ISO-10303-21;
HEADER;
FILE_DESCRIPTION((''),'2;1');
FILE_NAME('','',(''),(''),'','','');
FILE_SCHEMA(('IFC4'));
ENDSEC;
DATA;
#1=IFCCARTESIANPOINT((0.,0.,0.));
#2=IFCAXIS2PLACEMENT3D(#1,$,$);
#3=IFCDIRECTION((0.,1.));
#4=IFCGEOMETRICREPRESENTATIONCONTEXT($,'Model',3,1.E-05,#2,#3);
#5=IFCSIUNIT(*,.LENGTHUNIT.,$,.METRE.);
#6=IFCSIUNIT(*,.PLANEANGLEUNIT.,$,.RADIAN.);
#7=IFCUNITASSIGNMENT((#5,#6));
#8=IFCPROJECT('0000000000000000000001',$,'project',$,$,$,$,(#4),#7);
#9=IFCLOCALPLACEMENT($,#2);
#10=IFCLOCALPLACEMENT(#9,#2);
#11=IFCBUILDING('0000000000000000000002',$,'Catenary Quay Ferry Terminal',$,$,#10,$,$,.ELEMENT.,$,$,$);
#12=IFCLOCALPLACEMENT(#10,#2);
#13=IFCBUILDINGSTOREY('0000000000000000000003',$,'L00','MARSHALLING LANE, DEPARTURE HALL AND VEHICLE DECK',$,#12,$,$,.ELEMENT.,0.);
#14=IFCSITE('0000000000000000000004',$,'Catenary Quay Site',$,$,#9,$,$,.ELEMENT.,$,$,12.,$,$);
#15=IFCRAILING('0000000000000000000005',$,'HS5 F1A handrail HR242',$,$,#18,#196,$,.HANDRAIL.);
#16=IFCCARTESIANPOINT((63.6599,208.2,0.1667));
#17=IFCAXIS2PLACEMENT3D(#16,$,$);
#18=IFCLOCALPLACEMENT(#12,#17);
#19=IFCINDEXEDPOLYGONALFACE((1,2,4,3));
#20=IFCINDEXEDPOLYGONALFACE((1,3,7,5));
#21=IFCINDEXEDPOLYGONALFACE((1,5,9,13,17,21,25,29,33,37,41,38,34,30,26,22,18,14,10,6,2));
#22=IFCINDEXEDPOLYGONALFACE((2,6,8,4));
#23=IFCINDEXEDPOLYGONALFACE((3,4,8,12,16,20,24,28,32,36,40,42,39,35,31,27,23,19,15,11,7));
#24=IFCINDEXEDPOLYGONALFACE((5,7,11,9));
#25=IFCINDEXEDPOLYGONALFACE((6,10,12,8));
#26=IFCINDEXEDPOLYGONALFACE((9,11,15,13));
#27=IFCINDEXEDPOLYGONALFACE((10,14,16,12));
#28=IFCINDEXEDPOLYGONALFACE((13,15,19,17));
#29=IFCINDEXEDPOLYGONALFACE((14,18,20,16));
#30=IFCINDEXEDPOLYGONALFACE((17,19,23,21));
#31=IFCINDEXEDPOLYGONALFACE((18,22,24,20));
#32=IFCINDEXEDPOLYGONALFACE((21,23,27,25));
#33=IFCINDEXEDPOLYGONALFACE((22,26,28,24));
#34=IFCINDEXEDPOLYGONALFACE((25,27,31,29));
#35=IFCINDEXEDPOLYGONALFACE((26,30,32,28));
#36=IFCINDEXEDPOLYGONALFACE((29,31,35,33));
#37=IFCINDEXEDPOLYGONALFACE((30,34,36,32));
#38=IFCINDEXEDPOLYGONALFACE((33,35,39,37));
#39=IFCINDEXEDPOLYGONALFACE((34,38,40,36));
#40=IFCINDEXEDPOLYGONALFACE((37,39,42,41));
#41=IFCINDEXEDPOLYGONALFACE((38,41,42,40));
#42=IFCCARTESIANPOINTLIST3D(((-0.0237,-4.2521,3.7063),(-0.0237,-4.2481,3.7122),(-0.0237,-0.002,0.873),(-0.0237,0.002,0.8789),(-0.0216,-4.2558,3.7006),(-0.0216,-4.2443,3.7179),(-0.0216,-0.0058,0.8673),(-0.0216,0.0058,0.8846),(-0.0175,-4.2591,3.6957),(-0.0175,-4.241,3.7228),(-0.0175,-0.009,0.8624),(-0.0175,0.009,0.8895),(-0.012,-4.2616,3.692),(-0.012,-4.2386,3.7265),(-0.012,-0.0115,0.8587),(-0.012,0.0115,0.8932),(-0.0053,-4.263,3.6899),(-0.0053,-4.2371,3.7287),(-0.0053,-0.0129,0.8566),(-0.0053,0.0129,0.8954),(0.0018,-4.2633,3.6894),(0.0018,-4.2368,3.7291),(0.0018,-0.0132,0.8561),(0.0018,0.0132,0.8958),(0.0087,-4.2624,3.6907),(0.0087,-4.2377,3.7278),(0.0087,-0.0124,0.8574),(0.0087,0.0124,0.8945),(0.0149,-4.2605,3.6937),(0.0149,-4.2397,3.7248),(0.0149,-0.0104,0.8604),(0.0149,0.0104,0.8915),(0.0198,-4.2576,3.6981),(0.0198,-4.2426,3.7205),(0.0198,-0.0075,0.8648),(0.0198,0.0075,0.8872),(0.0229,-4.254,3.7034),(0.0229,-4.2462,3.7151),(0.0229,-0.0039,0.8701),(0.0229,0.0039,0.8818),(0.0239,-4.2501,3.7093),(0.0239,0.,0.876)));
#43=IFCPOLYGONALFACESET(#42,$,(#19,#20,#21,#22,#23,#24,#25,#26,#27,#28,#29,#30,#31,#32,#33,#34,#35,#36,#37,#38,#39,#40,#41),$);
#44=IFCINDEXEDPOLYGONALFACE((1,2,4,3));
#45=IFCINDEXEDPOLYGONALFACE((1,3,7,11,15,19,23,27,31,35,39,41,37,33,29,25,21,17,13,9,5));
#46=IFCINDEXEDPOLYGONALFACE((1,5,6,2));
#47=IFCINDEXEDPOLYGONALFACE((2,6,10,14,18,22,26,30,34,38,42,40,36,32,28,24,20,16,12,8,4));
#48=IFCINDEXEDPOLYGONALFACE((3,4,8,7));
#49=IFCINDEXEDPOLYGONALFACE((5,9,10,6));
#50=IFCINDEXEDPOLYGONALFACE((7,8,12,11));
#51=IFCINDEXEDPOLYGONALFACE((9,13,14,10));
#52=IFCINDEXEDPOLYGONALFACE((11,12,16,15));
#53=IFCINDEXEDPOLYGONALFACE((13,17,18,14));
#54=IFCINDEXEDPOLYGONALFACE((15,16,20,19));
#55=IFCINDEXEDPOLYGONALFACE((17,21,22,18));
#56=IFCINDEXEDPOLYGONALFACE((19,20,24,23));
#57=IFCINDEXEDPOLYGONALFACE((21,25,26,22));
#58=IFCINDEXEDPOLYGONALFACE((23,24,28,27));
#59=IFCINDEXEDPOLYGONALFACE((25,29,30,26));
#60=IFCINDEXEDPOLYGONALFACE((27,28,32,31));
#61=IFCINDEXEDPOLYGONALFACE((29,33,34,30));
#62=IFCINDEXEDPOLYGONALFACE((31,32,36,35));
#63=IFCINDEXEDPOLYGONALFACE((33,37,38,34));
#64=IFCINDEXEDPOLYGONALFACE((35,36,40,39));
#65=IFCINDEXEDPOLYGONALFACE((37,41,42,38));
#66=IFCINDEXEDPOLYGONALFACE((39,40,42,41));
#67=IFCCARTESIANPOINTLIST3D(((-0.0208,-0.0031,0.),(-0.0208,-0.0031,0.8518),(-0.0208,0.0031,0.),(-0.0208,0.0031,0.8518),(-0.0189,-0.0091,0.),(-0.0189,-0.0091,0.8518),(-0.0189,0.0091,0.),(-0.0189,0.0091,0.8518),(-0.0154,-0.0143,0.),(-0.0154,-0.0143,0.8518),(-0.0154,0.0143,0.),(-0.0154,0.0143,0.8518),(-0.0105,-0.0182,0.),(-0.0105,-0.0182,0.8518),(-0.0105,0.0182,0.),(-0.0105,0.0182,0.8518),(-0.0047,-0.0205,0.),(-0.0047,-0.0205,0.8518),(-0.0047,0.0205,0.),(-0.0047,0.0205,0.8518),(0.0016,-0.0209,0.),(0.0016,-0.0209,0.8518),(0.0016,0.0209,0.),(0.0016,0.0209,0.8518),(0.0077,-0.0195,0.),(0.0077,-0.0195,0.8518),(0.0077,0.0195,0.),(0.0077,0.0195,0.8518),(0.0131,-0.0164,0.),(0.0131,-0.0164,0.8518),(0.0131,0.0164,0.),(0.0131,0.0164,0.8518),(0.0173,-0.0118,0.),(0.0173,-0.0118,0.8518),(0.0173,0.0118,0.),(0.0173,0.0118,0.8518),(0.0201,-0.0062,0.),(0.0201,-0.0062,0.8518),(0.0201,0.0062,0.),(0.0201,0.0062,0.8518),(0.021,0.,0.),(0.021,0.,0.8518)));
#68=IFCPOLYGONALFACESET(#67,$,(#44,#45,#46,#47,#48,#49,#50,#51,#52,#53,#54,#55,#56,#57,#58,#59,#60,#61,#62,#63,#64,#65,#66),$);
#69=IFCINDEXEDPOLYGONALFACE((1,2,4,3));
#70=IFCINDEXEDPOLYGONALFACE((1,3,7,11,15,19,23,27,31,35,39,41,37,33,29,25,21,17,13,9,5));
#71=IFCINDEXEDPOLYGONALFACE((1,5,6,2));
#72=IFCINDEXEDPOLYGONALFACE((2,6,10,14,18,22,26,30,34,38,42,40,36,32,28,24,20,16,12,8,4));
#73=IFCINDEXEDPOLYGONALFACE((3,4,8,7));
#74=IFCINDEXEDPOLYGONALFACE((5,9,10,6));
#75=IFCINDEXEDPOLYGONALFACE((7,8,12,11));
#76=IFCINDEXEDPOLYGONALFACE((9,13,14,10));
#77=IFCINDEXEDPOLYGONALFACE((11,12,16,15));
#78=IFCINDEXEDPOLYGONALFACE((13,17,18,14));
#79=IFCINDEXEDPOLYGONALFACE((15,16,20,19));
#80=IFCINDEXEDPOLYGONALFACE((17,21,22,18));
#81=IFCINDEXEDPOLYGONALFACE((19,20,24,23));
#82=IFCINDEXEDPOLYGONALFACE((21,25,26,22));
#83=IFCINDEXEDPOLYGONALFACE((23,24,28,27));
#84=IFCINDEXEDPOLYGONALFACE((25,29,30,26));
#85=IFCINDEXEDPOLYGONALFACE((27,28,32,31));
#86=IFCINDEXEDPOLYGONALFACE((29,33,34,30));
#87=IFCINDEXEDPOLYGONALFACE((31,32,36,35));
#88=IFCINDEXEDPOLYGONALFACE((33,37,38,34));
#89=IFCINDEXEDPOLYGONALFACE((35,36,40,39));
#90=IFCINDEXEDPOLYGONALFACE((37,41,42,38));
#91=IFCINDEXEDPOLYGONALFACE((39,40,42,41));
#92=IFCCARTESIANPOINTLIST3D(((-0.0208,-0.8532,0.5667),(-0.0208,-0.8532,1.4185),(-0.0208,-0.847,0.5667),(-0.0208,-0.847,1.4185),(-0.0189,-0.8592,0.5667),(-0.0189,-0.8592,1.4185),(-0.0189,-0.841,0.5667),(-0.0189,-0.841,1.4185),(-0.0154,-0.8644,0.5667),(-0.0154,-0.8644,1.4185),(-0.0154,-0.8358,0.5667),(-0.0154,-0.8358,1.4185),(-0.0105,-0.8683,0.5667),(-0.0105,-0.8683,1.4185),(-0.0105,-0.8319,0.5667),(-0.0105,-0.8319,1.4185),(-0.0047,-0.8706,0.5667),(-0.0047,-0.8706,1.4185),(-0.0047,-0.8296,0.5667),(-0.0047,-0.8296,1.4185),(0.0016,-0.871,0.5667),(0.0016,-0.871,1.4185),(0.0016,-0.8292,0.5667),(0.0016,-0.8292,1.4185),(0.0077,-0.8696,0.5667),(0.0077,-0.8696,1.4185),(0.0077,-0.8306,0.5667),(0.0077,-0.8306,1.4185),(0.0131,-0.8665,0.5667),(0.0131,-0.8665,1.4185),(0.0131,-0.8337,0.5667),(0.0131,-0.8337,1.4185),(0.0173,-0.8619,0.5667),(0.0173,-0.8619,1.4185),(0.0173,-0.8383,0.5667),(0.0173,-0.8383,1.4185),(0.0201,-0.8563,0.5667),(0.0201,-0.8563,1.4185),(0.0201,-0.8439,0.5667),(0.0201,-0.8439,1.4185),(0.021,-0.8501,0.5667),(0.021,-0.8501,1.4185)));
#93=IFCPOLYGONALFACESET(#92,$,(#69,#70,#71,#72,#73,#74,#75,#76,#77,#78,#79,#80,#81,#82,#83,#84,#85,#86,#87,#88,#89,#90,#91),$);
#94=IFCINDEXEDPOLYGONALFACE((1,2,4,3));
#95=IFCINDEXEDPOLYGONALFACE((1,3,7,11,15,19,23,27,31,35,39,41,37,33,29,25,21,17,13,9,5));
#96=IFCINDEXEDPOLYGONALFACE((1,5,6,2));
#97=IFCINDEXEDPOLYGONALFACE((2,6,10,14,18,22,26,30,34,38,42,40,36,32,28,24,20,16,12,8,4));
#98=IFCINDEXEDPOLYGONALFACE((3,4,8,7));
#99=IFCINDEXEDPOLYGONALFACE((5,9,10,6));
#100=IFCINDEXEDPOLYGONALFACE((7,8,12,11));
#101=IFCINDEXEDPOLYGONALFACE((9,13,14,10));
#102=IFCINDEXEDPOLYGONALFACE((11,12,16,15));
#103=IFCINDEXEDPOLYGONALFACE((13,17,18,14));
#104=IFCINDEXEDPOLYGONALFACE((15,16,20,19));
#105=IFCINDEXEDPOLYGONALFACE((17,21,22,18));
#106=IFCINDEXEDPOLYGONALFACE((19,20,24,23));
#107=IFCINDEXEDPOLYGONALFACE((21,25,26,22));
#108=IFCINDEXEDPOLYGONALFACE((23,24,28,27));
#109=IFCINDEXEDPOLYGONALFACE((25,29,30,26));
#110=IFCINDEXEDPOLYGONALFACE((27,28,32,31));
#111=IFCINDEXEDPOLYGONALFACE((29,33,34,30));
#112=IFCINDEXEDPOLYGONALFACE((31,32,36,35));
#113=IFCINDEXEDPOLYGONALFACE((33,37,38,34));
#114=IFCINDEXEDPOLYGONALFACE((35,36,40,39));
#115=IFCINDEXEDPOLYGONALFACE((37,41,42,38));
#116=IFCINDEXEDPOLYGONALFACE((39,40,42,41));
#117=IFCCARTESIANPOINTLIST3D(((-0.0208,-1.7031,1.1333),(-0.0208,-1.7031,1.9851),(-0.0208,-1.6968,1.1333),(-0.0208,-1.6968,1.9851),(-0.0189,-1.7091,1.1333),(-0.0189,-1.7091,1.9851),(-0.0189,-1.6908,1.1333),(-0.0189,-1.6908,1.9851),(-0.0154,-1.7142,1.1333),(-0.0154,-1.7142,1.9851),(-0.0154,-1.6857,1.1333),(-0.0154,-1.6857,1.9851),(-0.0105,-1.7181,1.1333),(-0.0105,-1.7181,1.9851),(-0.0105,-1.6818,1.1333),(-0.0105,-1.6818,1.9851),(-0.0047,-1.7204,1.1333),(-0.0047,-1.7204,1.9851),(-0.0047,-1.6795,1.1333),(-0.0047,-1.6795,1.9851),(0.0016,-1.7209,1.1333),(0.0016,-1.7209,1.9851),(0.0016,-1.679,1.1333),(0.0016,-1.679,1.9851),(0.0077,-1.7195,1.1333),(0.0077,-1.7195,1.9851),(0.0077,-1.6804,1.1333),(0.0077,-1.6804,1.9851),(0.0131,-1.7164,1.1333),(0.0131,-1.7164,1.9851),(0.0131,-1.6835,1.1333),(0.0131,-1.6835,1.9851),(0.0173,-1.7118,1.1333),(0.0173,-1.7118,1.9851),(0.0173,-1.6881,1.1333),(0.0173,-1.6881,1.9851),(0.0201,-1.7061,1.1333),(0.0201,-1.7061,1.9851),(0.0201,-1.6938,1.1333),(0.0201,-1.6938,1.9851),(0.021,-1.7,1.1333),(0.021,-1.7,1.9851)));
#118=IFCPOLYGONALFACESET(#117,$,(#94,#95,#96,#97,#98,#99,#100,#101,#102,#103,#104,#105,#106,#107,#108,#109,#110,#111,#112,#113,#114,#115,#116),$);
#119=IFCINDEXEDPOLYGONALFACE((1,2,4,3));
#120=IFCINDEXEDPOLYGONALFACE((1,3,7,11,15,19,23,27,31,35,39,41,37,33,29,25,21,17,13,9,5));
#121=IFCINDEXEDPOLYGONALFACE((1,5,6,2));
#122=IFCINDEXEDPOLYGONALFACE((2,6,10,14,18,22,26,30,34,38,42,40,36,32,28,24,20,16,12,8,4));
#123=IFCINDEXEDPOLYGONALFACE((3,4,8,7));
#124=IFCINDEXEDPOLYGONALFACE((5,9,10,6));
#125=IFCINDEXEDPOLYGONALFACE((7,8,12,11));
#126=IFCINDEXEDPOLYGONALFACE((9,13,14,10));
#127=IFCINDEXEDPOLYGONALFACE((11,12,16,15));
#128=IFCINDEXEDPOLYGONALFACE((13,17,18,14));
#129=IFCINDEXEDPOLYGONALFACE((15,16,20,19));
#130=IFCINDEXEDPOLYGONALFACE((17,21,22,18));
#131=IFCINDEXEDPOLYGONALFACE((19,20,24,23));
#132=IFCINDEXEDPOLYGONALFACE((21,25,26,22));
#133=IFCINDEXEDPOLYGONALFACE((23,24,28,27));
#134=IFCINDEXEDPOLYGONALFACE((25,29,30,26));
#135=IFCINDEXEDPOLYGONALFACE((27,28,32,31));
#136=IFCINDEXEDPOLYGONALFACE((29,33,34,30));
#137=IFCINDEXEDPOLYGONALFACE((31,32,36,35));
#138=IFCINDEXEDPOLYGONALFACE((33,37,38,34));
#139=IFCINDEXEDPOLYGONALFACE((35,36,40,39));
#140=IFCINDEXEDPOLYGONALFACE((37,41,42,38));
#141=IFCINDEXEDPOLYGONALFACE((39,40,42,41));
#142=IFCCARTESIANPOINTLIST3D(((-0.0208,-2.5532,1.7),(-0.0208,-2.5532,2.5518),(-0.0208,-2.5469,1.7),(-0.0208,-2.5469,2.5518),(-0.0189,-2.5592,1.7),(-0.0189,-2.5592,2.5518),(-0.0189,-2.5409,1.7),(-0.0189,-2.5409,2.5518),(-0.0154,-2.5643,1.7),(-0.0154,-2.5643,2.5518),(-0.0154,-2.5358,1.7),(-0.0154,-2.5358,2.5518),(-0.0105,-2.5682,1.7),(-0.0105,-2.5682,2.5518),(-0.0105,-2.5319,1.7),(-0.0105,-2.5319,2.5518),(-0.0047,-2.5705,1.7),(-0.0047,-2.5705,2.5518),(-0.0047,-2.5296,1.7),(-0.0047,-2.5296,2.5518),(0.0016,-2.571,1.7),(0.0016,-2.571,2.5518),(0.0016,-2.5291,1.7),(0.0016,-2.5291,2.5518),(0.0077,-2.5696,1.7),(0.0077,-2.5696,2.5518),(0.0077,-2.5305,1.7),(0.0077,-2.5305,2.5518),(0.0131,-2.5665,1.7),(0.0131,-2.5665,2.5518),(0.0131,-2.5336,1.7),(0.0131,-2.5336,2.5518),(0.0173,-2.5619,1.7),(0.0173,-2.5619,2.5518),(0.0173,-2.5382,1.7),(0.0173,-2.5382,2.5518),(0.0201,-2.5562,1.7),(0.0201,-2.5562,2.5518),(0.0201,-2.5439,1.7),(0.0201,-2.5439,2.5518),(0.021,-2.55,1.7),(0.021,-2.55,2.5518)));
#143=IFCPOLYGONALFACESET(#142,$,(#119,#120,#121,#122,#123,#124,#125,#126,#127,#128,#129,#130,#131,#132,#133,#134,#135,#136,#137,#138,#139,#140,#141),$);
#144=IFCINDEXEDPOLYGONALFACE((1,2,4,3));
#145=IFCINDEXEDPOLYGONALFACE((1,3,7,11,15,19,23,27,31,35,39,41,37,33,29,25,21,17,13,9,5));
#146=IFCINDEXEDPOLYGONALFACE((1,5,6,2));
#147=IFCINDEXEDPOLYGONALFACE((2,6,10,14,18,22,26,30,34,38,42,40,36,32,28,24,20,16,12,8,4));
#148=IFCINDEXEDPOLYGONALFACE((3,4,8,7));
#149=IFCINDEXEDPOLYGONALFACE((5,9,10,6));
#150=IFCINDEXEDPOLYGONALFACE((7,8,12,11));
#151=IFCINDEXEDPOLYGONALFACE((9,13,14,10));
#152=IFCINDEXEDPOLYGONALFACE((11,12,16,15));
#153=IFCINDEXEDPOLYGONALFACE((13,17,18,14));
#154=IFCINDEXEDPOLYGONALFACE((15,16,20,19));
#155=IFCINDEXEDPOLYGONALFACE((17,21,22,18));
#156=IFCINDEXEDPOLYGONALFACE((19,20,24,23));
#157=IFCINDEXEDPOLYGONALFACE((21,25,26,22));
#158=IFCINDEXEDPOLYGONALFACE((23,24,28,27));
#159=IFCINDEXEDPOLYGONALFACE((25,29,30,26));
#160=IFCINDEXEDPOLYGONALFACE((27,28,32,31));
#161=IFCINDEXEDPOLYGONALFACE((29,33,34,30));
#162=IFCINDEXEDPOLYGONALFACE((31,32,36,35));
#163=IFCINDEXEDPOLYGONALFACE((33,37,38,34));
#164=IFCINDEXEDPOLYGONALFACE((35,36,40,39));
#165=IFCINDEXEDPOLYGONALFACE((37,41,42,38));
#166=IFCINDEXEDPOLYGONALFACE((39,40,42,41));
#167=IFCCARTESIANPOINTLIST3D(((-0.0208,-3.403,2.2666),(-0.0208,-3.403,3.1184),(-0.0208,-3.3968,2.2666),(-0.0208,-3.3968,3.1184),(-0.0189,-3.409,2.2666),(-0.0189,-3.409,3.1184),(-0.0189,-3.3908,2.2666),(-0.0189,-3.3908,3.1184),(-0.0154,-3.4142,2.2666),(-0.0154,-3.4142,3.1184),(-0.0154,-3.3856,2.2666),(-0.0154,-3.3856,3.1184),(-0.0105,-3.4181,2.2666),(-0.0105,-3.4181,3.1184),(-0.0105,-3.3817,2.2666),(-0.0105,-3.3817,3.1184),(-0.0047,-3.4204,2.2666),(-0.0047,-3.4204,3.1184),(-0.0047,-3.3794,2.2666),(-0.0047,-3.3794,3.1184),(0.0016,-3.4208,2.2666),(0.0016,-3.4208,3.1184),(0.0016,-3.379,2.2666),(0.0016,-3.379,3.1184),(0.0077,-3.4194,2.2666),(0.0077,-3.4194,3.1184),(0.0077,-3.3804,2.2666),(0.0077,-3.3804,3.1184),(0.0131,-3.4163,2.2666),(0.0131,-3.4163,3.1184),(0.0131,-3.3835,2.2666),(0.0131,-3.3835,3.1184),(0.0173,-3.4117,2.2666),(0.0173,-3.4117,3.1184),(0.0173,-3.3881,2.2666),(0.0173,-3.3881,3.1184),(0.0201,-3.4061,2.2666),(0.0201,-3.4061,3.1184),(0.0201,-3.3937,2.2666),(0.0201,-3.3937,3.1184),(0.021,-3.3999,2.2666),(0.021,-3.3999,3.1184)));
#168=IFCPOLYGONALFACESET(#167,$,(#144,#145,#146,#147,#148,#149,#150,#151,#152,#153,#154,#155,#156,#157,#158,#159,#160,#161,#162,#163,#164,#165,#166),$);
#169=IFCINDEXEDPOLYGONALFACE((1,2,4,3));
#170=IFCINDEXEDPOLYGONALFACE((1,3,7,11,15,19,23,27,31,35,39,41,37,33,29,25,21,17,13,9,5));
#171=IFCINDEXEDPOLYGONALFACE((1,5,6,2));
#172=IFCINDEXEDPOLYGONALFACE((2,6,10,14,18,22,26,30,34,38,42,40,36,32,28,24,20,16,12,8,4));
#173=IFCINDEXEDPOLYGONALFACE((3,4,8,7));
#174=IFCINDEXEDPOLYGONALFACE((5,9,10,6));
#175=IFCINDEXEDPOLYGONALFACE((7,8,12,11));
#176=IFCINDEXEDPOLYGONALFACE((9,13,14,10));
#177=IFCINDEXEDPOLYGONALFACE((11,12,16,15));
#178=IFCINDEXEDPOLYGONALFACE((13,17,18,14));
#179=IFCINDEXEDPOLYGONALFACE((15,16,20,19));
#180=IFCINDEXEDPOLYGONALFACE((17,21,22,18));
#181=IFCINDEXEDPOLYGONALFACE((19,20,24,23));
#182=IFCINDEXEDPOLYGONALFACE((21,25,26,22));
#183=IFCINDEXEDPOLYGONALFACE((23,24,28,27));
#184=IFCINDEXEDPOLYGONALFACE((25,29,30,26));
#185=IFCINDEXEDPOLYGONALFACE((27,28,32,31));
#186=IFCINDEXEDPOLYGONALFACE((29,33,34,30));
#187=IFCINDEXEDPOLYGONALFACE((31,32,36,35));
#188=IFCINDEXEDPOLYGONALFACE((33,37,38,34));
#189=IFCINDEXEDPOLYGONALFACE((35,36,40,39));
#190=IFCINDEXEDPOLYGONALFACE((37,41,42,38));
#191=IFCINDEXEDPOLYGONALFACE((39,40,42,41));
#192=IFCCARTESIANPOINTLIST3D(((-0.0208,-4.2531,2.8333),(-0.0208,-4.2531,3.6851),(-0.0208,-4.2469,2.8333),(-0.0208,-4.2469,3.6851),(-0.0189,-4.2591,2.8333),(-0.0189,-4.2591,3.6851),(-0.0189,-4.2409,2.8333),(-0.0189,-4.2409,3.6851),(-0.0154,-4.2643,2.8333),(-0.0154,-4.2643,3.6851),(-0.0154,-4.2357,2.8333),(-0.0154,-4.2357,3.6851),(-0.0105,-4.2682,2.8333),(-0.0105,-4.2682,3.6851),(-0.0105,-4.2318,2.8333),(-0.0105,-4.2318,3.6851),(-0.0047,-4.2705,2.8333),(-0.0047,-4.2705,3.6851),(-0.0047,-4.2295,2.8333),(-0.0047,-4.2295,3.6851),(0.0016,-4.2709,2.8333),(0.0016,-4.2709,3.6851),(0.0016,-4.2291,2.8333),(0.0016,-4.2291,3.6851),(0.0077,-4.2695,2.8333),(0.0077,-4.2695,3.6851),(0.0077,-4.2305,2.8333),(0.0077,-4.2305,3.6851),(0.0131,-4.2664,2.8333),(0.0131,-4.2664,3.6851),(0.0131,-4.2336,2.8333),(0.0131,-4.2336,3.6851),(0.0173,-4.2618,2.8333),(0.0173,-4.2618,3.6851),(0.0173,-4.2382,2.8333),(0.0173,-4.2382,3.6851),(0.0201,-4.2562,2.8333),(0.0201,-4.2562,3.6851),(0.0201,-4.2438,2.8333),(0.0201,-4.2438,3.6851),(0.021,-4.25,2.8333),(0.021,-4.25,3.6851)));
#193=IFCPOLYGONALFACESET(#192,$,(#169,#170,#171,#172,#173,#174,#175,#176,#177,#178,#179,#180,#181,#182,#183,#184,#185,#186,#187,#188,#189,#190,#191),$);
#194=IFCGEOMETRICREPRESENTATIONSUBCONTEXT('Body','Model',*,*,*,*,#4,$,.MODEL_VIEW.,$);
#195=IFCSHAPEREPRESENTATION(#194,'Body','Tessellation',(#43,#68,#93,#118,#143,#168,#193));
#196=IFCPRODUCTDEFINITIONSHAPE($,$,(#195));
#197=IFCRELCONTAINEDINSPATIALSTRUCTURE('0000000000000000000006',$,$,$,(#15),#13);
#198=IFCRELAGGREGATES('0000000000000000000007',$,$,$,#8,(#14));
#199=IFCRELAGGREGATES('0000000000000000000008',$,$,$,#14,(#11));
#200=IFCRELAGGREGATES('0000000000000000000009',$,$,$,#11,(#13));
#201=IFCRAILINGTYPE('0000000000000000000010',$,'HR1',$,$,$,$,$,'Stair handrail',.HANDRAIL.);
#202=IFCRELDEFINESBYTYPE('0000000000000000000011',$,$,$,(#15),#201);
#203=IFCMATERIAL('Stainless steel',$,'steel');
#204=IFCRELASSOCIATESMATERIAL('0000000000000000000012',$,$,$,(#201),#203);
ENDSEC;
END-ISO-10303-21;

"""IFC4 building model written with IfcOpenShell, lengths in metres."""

from ifc_helpers import new_model, si_unit, direction, frame, origin, origin_2d, place, context, subcontext, project, spatial, circle, extrude, material, type_object, element, save


model = new_model("IFC4")

# Units and contexts
model_context = context("Model", 3, precision=1e-05, world=origin(), true_north=direction((0.0, 1.0)))
body_context = subcontext(model_context, "Body", "Model", "MODEL_VIEW")
ifc_project = project(units=[si_unit("LENGTHUNIT", "METRE"), si_unit("PLANEANGLEUNIT", "RADIAN")], contexts=[model_context])

# Site, building, storey
site_placement = place(None, origin())
site = spatial("IfcSite", under=ifc_project, at=site_placement, Name="Catenary Quay Site", CompositionType="ELEMENT", RefElevation=12.0)
building_placement = place(site_placement, origin())
building = spatial("IfcBuilding", under=site, at=building_placement, Name="Catenary Quay Ferry Terminal", CompositionType="ELEMENT")
storey_placement = place(building_placement, origin())
storey = spatial("IfcBuildingStorey", under=building, at=storey_placement, Name="L00", Description="MARSHALLING LANE, DEPARTURE HALL AND VEHICLE DECK", CompositionType="ELEMENT", Elevation=0.0)

# Railing
ifc_material_1 = material(Name="Stainless steel", Category="steel")
railing_type = type_object("IfcRailingType", Name="HR1", ElementType="Stair handrail", PredefinedType="HANDRAIL", material=ifc_material_1)
for number, where, name in (
    (1, (63.6599, 208.2, 0.1667), "HS5 F1A handrail HR242"),
):
    element("IfcRailing", number, at=place(storey_placement, frame(where)), inside=storey, type_object=railing_type, Name=name, PredefinedType="HANDRAIL", context=body_context, shape_type="SweptSolid", body=[
        extrude(circle(Radius=0.0239, at=origin_2d()), frame((0.0, 0.0, 0.876), z_axis=(0.0, -0.832058, 0.554689), x_axis=(1.0, 0.0, 0.0)), (0.0, 0.0, 1.0), 5.1079),
        extrude(circle(Radius=0.021, at=origin_2d()), origin(), (0.0, 0.0, 1.0), 0.8518),
        extrude(circle(Radius=0.021, at=origin_2d()), frame((0.0, -0.8501, 0.5667)), (0.0, 0.0, 1.0), 0.8518),
        extrude(circle(Radius=0.021, at=origin_2d()), frame((0.0, -1.7, 1.1333)), (0.0, 0.0, 1.0), 0.8518),
        extrude(circle(Radius=0.021, at=origin_2d()), frame((0.0, -2.55, 1.7)), (0.0, 0.0, 1.0), 0.8518),
        extrude(circle(Radius=0.021, at=origin_2d()), frame((0.0, -3.3999, 2.2666)), (0.0, 0.0, 1.0), 0.8518),
        extrude(circle(Radius=0.021, at=origin_2d()), frame((0.0, -4.25, 2.8333)), (0.0, 0.0, 1.0), 0.8518),
    ])

save(model, "model.ifc")
